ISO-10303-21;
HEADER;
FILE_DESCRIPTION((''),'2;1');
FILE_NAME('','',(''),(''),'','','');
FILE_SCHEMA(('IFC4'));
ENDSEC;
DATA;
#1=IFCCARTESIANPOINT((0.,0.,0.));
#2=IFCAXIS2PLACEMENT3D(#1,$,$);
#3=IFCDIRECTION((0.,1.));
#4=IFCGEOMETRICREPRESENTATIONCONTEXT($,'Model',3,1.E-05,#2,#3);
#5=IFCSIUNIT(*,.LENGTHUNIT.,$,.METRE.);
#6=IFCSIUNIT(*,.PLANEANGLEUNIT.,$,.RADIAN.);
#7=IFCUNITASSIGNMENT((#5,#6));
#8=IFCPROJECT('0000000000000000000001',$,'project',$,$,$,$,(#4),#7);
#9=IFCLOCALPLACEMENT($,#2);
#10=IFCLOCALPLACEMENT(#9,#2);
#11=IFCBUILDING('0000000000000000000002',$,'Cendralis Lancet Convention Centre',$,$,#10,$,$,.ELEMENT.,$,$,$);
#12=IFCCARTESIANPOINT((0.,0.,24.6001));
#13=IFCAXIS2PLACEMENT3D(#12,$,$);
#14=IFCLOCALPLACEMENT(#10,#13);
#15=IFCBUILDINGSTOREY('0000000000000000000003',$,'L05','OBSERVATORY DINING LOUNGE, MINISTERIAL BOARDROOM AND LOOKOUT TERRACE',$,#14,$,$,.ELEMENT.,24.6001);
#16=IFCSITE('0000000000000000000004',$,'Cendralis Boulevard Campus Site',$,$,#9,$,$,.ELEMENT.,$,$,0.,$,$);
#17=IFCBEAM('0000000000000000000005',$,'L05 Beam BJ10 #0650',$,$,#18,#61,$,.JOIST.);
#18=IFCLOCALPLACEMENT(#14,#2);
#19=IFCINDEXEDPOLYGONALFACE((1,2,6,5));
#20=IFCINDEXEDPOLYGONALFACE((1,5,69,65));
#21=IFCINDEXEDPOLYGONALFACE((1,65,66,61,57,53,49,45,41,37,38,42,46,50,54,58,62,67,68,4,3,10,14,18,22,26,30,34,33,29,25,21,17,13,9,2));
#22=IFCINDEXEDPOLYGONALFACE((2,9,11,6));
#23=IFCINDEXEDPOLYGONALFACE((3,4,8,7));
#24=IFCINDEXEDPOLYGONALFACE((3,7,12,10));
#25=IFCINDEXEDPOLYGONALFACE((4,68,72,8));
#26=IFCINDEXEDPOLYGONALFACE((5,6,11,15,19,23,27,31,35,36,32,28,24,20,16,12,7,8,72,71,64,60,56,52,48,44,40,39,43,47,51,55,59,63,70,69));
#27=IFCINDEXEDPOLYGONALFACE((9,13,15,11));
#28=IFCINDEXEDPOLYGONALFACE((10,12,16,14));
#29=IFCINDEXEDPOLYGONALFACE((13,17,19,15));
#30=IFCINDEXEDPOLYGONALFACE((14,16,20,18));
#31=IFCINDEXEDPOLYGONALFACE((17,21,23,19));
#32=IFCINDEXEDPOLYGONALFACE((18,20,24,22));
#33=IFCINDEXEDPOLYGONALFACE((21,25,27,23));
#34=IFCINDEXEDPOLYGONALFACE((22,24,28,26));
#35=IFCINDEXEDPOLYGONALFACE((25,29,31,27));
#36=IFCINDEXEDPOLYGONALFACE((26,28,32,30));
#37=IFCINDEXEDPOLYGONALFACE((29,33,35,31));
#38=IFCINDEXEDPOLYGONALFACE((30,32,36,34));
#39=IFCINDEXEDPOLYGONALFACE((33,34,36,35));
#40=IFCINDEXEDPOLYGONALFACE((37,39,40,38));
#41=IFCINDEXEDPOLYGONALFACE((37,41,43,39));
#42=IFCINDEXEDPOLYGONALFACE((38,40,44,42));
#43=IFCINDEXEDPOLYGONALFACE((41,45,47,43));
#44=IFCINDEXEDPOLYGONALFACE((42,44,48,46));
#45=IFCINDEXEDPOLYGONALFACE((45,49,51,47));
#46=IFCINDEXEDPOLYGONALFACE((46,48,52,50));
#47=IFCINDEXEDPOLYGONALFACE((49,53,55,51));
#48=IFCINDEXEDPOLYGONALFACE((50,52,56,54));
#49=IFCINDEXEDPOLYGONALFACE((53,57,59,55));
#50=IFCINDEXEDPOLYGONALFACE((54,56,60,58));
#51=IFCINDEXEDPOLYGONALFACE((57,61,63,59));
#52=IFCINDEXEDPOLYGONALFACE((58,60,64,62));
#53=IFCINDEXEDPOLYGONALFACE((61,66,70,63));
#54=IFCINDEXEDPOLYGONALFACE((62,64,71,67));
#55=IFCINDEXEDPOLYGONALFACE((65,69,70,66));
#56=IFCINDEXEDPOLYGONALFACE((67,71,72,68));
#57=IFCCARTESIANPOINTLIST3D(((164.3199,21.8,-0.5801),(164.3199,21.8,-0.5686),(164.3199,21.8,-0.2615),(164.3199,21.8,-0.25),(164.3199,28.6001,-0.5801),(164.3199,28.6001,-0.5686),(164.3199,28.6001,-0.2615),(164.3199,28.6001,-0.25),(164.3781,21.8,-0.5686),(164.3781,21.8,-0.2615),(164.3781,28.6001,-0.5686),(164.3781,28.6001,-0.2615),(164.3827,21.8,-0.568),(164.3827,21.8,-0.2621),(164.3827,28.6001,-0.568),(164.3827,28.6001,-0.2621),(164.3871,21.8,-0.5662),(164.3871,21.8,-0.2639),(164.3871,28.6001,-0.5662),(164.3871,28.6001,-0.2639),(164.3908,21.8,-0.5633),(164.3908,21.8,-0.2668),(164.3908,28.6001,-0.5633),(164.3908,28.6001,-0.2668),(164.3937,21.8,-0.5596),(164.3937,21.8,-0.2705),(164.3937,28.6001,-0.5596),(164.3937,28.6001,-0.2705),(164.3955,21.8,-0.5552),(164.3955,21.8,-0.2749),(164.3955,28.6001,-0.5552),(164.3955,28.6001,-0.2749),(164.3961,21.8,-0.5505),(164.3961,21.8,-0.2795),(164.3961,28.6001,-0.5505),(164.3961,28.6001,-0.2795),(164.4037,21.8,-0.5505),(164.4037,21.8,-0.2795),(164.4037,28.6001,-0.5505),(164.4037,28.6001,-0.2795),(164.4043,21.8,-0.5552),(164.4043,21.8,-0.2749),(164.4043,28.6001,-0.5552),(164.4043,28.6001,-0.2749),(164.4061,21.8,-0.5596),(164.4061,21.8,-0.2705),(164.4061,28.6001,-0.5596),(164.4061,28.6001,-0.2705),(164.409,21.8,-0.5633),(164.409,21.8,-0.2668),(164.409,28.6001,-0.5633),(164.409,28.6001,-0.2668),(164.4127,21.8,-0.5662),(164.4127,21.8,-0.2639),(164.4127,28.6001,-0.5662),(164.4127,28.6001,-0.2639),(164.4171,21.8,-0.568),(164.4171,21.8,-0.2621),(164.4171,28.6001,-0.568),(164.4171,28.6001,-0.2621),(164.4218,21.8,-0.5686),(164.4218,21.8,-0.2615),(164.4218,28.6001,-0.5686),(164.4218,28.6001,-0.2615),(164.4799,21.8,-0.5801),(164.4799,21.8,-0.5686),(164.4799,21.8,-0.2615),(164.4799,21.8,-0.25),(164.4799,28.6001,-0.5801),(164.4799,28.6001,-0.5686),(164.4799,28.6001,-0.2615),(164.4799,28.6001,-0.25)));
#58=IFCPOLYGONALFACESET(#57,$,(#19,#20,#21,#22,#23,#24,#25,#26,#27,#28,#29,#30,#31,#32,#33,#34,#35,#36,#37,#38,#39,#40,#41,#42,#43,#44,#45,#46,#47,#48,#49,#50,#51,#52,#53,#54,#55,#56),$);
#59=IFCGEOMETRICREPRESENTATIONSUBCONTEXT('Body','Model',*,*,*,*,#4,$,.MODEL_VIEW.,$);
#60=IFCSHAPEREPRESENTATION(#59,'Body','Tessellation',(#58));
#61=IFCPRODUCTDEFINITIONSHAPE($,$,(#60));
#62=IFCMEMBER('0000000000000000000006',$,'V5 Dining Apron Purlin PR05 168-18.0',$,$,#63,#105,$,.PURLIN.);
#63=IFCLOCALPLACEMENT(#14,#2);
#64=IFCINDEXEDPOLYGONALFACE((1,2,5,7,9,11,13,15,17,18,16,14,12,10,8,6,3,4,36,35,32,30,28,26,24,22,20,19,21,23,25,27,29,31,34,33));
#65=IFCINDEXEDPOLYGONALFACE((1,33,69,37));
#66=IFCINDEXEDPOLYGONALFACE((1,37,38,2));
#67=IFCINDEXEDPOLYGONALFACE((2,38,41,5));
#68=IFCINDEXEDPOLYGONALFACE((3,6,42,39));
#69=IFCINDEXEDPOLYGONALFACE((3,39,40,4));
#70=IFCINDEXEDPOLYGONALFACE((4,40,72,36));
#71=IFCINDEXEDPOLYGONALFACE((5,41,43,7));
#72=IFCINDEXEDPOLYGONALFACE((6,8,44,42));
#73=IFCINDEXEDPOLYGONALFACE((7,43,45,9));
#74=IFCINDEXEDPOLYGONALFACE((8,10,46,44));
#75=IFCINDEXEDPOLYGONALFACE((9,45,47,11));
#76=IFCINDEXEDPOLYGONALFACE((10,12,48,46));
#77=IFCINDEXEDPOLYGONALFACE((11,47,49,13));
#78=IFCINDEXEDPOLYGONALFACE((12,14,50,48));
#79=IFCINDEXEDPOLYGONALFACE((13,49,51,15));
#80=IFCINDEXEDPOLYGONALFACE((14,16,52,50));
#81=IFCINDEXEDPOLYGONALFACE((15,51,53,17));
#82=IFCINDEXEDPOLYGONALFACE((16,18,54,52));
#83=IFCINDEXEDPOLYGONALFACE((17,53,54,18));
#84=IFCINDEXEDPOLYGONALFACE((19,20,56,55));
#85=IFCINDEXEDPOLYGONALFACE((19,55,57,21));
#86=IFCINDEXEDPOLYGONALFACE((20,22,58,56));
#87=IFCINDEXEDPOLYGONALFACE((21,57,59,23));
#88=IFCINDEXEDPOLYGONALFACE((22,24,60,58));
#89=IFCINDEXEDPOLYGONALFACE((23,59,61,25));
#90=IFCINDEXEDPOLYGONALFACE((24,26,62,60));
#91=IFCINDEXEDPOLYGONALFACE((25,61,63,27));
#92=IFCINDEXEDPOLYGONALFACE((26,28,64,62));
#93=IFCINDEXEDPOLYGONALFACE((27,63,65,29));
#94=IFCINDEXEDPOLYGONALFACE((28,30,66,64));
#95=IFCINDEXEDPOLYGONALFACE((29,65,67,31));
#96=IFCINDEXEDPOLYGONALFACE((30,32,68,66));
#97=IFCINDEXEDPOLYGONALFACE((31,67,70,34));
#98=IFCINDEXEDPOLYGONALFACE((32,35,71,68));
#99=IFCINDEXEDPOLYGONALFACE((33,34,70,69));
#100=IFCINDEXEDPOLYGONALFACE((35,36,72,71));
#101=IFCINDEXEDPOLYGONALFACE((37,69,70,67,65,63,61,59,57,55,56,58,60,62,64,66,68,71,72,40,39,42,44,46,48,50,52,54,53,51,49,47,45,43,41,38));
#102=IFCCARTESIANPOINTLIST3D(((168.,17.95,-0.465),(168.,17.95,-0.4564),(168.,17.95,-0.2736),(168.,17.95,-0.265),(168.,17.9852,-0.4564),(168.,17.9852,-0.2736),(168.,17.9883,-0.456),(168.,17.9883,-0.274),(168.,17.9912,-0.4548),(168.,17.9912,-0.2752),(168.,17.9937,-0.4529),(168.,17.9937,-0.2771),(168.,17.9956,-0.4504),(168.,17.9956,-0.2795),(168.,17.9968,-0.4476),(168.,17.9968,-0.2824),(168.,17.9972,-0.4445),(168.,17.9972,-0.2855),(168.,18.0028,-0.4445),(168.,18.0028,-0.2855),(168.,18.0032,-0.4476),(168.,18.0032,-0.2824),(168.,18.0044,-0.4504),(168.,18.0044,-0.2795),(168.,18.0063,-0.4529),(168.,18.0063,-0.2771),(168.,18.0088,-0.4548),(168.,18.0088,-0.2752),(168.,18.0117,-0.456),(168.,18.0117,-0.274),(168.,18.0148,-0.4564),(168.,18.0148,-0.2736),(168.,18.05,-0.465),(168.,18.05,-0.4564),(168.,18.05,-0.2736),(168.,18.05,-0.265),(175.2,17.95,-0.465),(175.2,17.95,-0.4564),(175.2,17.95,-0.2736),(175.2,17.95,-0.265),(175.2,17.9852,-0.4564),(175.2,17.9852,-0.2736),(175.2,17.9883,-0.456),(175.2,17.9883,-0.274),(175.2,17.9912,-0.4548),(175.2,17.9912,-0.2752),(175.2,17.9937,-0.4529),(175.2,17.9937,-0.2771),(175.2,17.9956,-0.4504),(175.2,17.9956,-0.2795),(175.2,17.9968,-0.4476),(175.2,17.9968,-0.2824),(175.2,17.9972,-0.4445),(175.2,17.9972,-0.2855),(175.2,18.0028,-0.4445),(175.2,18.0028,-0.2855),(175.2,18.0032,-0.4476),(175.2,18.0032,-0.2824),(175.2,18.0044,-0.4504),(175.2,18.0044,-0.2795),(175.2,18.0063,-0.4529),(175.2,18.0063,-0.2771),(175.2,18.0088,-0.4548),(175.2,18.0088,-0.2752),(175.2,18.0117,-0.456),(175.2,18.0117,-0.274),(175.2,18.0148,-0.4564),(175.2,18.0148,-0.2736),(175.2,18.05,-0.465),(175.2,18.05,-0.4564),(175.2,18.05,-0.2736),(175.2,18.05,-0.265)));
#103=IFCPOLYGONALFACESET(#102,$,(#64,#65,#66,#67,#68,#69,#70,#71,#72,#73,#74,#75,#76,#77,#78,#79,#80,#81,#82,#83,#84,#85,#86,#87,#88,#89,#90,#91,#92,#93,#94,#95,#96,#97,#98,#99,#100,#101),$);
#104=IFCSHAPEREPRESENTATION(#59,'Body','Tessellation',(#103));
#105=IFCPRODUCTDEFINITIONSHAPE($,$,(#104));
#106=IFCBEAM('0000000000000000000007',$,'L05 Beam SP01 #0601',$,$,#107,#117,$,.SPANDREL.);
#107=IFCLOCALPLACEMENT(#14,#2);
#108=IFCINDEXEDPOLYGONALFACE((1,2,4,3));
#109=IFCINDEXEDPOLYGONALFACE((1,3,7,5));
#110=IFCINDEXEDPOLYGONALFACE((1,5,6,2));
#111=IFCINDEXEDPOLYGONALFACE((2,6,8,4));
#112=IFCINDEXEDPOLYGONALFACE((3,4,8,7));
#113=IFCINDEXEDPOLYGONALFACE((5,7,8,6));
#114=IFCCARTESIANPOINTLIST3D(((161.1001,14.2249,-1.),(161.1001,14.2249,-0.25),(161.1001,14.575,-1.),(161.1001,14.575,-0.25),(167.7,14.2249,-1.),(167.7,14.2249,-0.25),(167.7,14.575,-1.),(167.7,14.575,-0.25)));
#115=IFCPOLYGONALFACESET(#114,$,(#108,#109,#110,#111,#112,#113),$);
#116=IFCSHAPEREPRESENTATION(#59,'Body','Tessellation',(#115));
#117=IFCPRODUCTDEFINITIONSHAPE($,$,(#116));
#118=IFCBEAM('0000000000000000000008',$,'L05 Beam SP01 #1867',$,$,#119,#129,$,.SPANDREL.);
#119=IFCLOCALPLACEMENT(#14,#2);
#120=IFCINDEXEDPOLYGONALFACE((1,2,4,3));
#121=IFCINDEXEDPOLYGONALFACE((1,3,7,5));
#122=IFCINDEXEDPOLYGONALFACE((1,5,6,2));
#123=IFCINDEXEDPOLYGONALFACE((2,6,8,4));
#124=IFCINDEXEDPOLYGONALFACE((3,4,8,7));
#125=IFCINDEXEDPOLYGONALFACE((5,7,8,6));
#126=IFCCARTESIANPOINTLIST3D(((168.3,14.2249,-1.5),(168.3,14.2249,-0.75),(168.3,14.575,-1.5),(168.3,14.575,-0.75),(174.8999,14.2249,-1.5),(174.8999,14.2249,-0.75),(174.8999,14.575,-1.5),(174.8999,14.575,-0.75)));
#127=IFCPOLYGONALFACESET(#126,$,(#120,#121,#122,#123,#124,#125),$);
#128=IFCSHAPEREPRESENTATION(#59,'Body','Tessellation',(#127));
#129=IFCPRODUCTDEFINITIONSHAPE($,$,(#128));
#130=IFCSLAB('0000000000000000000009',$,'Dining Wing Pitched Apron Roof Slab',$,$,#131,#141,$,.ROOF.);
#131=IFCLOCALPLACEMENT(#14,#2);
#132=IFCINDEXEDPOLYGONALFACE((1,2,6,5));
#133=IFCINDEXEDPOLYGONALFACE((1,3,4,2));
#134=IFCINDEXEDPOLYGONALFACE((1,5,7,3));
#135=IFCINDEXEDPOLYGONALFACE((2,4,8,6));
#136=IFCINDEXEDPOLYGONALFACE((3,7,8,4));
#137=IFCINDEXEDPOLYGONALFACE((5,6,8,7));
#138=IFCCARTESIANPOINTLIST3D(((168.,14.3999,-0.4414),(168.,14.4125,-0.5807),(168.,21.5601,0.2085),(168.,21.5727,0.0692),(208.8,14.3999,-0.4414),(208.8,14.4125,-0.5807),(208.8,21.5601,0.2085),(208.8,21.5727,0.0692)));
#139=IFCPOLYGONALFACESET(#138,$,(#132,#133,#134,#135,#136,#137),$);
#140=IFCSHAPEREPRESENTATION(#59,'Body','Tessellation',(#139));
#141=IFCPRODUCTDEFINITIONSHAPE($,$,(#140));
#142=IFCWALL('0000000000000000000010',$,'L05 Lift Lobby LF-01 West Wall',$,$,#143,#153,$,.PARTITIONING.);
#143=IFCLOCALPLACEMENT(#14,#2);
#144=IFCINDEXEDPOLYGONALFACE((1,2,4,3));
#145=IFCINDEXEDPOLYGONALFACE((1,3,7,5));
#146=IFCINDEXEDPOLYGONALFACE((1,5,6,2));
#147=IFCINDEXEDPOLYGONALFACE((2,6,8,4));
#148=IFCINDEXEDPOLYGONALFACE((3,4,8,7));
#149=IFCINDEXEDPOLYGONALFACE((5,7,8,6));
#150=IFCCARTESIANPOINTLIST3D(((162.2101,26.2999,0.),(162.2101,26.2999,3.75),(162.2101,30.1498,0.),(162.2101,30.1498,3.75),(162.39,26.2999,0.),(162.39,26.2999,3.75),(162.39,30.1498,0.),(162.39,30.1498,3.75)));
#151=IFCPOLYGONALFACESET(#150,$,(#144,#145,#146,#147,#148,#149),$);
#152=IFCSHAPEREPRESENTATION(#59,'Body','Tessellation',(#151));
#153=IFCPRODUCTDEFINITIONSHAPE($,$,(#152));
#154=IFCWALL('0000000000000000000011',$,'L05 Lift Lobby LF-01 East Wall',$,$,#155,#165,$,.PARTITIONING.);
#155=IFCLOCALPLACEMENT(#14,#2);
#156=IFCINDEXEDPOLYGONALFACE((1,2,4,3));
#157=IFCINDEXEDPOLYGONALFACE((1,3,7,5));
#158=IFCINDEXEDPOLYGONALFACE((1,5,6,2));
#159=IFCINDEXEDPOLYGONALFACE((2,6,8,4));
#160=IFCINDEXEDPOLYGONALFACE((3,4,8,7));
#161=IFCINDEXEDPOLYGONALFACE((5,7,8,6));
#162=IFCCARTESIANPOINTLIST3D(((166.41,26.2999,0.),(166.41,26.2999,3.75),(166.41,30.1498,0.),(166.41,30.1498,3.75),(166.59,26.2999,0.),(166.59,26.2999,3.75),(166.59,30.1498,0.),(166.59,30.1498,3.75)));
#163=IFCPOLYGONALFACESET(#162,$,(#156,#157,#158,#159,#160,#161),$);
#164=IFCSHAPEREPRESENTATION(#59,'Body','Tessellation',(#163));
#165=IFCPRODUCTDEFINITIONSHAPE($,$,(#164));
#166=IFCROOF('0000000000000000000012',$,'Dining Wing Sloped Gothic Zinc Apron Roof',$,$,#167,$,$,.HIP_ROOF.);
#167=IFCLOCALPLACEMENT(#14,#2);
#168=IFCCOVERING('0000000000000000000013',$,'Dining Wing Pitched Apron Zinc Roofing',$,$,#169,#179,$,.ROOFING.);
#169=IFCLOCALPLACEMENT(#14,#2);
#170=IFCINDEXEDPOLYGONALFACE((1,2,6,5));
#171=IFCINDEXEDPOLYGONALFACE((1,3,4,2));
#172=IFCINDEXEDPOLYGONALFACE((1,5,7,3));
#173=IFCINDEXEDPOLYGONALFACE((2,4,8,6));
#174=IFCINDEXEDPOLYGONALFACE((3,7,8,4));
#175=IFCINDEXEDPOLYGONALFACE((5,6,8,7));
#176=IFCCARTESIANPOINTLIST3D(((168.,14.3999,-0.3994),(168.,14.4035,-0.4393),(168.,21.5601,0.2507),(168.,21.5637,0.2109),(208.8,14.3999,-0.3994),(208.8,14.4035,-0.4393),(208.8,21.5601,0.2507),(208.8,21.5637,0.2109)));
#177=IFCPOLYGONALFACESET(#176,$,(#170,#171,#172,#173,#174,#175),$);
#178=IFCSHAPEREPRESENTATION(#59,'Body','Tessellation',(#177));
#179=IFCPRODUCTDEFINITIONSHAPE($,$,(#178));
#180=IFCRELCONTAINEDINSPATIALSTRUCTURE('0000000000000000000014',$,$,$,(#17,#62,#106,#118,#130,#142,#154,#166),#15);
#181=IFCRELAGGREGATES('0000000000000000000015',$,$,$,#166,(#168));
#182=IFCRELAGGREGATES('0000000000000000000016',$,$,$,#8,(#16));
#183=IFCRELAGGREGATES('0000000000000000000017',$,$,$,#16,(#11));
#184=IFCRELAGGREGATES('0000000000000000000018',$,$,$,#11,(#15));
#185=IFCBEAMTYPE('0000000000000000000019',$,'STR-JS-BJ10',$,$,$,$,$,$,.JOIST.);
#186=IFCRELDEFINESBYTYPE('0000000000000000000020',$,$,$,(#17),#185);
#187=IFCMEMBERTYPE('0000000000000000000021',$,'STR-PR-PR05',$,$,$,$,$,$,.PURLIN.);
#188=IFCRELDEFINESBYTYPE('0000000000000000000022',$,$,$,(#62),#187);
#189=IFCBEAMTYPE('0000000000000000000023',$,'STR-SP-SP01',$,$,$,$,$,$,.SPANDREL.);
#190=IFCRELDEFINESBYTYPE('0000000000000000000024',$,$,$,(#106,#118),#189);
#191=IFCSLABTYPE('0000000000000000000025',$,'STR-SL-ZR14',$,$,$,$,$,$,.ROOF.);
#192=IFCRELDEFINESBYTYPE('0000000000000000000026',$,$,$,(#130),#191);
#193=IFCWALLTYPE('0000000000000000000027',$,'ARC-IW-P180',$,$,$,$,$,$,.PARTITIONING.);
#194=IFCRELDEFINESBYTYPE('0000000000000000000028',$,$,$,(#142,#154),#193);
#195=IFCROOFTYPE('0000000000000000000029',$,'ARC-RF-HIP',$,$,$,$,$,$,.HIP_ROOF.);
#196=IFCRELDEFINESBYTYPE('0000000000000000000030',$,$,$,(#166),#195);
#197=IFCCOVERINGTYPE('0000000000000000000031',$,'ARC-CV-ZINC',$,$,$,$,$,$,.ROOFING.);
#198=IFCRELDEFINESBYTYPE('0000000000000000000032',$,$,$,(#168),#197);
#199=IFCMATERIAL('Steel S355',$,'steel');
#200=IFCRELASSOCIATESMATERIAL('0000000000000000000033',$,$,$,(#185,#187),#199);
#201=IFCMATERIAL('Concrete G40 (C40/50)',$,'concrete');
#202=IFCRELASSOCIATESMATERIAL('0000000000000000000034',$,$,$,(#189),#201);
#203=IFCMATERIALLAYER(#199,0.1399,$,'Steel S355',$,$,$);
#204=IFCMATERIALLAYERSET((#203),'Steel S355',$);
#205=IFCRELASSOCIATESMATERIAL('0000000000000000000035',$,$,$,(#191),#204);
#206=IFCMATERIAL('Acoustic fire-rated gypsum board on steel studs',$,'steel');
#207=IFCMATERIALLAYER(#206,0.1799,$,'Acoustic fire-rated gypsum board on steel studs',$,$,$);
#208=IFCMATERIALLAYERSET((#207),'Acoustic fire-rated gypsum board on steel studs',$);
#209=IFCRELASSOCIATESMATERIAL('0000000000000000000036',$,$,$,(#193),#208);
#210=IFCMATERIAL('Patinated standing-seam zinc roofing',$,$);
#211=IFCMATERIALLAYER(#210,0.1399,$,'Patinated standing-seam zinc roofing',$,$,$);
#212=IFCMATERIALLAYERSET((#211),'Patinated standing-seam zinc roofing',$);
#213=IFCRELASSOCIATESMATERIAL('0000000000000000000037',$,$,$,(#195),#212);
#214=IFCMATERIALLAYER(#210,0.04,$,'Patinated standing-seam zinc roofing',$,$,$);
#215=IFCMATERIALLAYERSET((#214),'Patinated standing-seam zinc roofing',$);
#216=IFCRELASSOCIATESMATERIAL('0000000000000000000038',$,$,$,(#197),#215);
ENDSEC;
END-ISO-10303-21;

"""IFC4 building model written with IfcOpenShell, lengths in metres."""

from ifc_helpers import new_model, si_unit, direction, frame, frame_2d, origin, origin_2d, place, context, subcontext, project, spatial, polyline, rectangle, i_section, outline, extrude, material, layer, layer_set, material_profile, profile_set, type_object, element, aggregate, save


model = new_model("IFC4")

# Units and contexts
model_context = context("Model", 3, precision=1e-05, world=origin(), true_north=direction((0.0, 1.0)))
body_context = subcontext(model_context, "Body", "Model", "MODEL_VIEW")
ifc_project = project(units=[si_unit("LENGTHUNIT", "METRE"), si_unit("PLANEANGLEUNIT", "RADIAN")], contexts=[model_context])

# Site, building, storey
site_placement = place(None, origin())
site = spatial("IfcSite", under=ifc_project, at=site_placement, Name="Cendralis Boulevard Campus Site", CompositionType="ELEMENT", RefElevation=0.0)
building_placement = place(site_placement, origin())
building = spatial("IfcBuilding", under=site, at=building_placement, Name="Cendralis Lancet Convention Centre", CompositionType="ELEMENT")
storey_placement = place(building_placement, frame((0.0, 0.0, 24.6001)))
storey = spatial("IfcBuildingStorey", under=building, at=storey_placement, Name="L05", Description="OBSERVATORY DINING LOUNGE, MINISTERIAL BOARDROOM AND LOOKOUT TERRACE", CompositionType="ELEMENT", Elevation=24.6001)

# Shared definitions
ifc_material_1 = material(Name="Concrete G40 (C40/50)", Category="concrete")

# Beam
ifc_material_2 = material(Name="Steel S355", Category="steel")
ifc_material_profile_1 = material_profile(ifc_material_2, i_section(OverallWidth=0.1599, OverallDepth=0.3301, WebThickness=0.0076, FlangeThickness=0.0115, FilletRadius=0.0181, at=origin_2d()), Name="IPE 330")
ifc_profile_set_1 = profile_set([ifc_material_profile_1], Name="Steel S355")
beam_type_1 = type_object("IfcBeamType", Name="STR-JS-BJ10", PredefinedType="JOIST", material=ifc_profile_set_1)
beam_1_placement = place(storey_placement, frame((164.3999, 21.8, -0.415), z_axis=(0.0, 1.0, 0.0), x_axis=(-1.0, 0.0, 0.0)))
element("IfcBeam", 1, at=beam_1_placement, inside=storey, type_object=beam_type_1, Name="L05 Beam BJ10 #0650", PredefinedType="JOIST", context=body_context, shape_type="SweptSolid", body=[
    extrude(i_section(OverallWidth=0.1599, OverallDepth=0.3301, WebThickness=0.0076, FlangeThickness=0.0115, FilletRadius=0.0181, at=origin_2d()), origin(), (0.0, 0.0, 1.0), 6.8),
])

# Member
ifc_material_profile_2 = material_profile(ifc_material_2, i_section(OverallWidth=0.1001, OverallDepth=0.2, WebThickness=0.0056, FlangeThickness=0.0085, FilletRadius=0.012, at=origin_2d()), Name="IPE 200")
ifc_profile_set_2 = profile_set([ifc_material_profile_2], Name="Steel S355")
member_type = type_object("IfcMemberType", Name="STR-PR-PR05", PredefinedType="PURLIN", material=ifc_profile_set_2)
member_placement = place(storey_placement, frame((168.0, 18.0, -0.365), z_axis=(1.0, 0.0, 0.0), x_axis=(0.0, 1.0, 0.0)))
element("IfcMember", 2, at=member_placement, inside=storey, type_object=member_type, Name="V5 Dining Apron Purlin PR05 168-18.0", PredefinedType="PURLIN", context=body_context, shape_type="SweptSolid", body=[
    extrude(i_section(OverallWidth=0.1001, OverallDepth=0.2, WebThickness=0.0056, FlangeThickness=0.0085, FilletRadius=0.012, at=origin_2d()), origin(), (0.0, 0.0, 1.0), 7.2),
])

# Beams
ifc_material_profile_3 = material_profile(ifc_material_1, rectangle(XDim=0.3501, YDim=0.75, at=origin_2d()), Name="RCB 350x750")
ifc_profile_set_3 = profile_set([ifc_material_profile_3], Name="Concrete G40 (C40/50)")
beam_type_2 = type_object("IfcBeamType", Name="STR-SP-SP01", PredefinedType="SPANDREL", material=ifc_profile_set_3)
for number, where, z_axis, x_axis, name in (
    (3, (161.1001, 14.3999, -0.625), (1.0, 0.0, 0.0), (0.0, 1.0, 0.0), "L05 Beam SP01 #0601"),
    (4, (168.3, 14.3999, -1.125), (1.0, 0.0, 0.0), (0.0, 1.0, 0.0), "L05 Beam SP01 #1867"),
):
    element("IfcBeam", number, at=place(storey_placement, frame(where, z_axis=z_axis, x_axis=x_axis)), inside=storey, type_object=beam_type_2, Name=name, PredefinedType="SPANDREL", context=body_context, shape_type="SweptSolid", body=[
        extrude(rectangle(XDim=0.3501, YDim=0.75, at=origin_2d()), origin(), (0.0, 0.0, 1.0), 6.5999),
    ])

# Slab
ifc_layer_1 = layer(ifc_material_2, 0.1399, Name="Steel S355")
ifc_layer_set_1 = layer_set([ifc_layer_1], Name="Steel S355")
slab_type = type_object("IfcSlabType", Name="STR-SL-ZR14", PredefinedType="ROOF", material=ifc_layer_set_1)
slab_placement = place(storey_placement, frame((168.0, 14.3999, -0.4414), z_axis=(0.0, -0.090395, 0.995906), x_axis=(1.0, 0.0, 0.0)))
element("IfcSlab", 5, at=slab_placement, inside=storey, type_object=slab_type, Name="Dining Wing Pitched Apron Roof Slab", PredefinedType="ROOF", context=body_context, shape_type="SweptSolid", body=[
    extrude(outline(polyline([(0.0, 0.0), (40.8, 0.0), (40.8, 7.1896), (0.0, 7.1896), (0.0, 0.0)])), origin(), (0.0, 0.0, -1.0), 0.1399),
])

# Shared definitions
ifc_material_3 = material(Name="Acoustic fire-rated gypsum board on steel studs", Category="steel")
ifc_layer_2 = layer(ifc_material_3, 0.1799, Name="Acoustic fire-rated gypsum board on steel studs")
ifc_layer_set_2 = layer_set([ifc_layer_2], Name="Acoustic fire-rated gypsum board on steel studs")
wall_type_1 = type_object("IfcWallType", Name="ARC-IW-P180", PredefinedType="PARTITIONING", material=ifc_layer_set_2)

# Walls
for number, where, z_axis, x_axis, name in (
    (6, (162.3, 26.3, 0.0), (0.0, 0.0, 1.0), (0.0, 1.0, 0.0), "L05 Lift Lobby LF-01 West Wall"),
    (7, (166.5, 26.3, 0.0), (0.0, 0.0, 1.0), (0.0, 1.0, 0.0), "L05 Lift Lobby LF-01 East Wall"),
):
    element("IfcWall", number, at=place(storey_placement, frame(where, z_axis=z_axis, x_axis=x_axis)), inside=storey, type_object=wall_type_1, Name=name, PredefinedType="PARTITIONING", context=body_context, shape_type="SweptSolid", body=[
        extrude(rectangle(XDim=3.8499, YDim=0.1799, at=frame_2d((1.9248, 0.0))), origin(), (0.0, 0.0, 1.0), 3.75),
    ])

# Roof, covering
ifc_material_4 = material(Name="Patinated standing-seam zinc roofing")
ifc_layer_3 = layer(ifc_material_4, 0.1399, Name="Patinated standing-seam zinc roofing")
ifc_layer_set_3 = layer_set([ifc_layer_3], Name="Patinated standing-seam zinc roofing")
roof_type = type_object("IfcRoofType", Name="ARC-RF-HIP", PredefinedType="HIP_ROOF", material=ifc_layer_set_3)
roof_placement = place(storey_placement, origin())
roof = element("IfcRoof", 8, at=roof_placement, inside=storey, type_object=roof_type, Name="Dining Wing Sloped Gothic Zinc Apron Roof", PredefinedType="HIP_ROOF")
ifc_layer_4 = layer(ifc_material_4, 0.04, Name="Patinated standing-seam zinc roofing")
ifc_layer_set_4 = layer_set([ifc_layer_4], Name="Patinated standing-seam zinc roofing")
covering_type = type_object("IfcCoveringType", Name="ARC-CV-ZINC", PredefinedType="ROOFING", material=ifc_layer_set_4)
covering_placement = place(storey_placement, frame((168.0, 14.3999, -0.3994), z_axis=(0.0, -0.090429, 0.995903), x_axis=(1.0, 0.0, 0.0)))
covering = element("IfcCovering", 9, at=covering_placement, type_object=covering_type, Name="Dining Wing Pitched Apron Zinc Roofing", PredefinedType="ROOFING", context=body_context, shape_type="SweptSolid", body=[
    extrude(outline(polyline([(0.0, 0.0), (40.8, 0.0), (40.8, 7.1896), (0.0, 7.1896), (0.0, 0.0)])), origin(), (0.0, 0.0, -1.0), 0.04),
])
aggregate(roof, [covering])

save(model, "model.ifc")
